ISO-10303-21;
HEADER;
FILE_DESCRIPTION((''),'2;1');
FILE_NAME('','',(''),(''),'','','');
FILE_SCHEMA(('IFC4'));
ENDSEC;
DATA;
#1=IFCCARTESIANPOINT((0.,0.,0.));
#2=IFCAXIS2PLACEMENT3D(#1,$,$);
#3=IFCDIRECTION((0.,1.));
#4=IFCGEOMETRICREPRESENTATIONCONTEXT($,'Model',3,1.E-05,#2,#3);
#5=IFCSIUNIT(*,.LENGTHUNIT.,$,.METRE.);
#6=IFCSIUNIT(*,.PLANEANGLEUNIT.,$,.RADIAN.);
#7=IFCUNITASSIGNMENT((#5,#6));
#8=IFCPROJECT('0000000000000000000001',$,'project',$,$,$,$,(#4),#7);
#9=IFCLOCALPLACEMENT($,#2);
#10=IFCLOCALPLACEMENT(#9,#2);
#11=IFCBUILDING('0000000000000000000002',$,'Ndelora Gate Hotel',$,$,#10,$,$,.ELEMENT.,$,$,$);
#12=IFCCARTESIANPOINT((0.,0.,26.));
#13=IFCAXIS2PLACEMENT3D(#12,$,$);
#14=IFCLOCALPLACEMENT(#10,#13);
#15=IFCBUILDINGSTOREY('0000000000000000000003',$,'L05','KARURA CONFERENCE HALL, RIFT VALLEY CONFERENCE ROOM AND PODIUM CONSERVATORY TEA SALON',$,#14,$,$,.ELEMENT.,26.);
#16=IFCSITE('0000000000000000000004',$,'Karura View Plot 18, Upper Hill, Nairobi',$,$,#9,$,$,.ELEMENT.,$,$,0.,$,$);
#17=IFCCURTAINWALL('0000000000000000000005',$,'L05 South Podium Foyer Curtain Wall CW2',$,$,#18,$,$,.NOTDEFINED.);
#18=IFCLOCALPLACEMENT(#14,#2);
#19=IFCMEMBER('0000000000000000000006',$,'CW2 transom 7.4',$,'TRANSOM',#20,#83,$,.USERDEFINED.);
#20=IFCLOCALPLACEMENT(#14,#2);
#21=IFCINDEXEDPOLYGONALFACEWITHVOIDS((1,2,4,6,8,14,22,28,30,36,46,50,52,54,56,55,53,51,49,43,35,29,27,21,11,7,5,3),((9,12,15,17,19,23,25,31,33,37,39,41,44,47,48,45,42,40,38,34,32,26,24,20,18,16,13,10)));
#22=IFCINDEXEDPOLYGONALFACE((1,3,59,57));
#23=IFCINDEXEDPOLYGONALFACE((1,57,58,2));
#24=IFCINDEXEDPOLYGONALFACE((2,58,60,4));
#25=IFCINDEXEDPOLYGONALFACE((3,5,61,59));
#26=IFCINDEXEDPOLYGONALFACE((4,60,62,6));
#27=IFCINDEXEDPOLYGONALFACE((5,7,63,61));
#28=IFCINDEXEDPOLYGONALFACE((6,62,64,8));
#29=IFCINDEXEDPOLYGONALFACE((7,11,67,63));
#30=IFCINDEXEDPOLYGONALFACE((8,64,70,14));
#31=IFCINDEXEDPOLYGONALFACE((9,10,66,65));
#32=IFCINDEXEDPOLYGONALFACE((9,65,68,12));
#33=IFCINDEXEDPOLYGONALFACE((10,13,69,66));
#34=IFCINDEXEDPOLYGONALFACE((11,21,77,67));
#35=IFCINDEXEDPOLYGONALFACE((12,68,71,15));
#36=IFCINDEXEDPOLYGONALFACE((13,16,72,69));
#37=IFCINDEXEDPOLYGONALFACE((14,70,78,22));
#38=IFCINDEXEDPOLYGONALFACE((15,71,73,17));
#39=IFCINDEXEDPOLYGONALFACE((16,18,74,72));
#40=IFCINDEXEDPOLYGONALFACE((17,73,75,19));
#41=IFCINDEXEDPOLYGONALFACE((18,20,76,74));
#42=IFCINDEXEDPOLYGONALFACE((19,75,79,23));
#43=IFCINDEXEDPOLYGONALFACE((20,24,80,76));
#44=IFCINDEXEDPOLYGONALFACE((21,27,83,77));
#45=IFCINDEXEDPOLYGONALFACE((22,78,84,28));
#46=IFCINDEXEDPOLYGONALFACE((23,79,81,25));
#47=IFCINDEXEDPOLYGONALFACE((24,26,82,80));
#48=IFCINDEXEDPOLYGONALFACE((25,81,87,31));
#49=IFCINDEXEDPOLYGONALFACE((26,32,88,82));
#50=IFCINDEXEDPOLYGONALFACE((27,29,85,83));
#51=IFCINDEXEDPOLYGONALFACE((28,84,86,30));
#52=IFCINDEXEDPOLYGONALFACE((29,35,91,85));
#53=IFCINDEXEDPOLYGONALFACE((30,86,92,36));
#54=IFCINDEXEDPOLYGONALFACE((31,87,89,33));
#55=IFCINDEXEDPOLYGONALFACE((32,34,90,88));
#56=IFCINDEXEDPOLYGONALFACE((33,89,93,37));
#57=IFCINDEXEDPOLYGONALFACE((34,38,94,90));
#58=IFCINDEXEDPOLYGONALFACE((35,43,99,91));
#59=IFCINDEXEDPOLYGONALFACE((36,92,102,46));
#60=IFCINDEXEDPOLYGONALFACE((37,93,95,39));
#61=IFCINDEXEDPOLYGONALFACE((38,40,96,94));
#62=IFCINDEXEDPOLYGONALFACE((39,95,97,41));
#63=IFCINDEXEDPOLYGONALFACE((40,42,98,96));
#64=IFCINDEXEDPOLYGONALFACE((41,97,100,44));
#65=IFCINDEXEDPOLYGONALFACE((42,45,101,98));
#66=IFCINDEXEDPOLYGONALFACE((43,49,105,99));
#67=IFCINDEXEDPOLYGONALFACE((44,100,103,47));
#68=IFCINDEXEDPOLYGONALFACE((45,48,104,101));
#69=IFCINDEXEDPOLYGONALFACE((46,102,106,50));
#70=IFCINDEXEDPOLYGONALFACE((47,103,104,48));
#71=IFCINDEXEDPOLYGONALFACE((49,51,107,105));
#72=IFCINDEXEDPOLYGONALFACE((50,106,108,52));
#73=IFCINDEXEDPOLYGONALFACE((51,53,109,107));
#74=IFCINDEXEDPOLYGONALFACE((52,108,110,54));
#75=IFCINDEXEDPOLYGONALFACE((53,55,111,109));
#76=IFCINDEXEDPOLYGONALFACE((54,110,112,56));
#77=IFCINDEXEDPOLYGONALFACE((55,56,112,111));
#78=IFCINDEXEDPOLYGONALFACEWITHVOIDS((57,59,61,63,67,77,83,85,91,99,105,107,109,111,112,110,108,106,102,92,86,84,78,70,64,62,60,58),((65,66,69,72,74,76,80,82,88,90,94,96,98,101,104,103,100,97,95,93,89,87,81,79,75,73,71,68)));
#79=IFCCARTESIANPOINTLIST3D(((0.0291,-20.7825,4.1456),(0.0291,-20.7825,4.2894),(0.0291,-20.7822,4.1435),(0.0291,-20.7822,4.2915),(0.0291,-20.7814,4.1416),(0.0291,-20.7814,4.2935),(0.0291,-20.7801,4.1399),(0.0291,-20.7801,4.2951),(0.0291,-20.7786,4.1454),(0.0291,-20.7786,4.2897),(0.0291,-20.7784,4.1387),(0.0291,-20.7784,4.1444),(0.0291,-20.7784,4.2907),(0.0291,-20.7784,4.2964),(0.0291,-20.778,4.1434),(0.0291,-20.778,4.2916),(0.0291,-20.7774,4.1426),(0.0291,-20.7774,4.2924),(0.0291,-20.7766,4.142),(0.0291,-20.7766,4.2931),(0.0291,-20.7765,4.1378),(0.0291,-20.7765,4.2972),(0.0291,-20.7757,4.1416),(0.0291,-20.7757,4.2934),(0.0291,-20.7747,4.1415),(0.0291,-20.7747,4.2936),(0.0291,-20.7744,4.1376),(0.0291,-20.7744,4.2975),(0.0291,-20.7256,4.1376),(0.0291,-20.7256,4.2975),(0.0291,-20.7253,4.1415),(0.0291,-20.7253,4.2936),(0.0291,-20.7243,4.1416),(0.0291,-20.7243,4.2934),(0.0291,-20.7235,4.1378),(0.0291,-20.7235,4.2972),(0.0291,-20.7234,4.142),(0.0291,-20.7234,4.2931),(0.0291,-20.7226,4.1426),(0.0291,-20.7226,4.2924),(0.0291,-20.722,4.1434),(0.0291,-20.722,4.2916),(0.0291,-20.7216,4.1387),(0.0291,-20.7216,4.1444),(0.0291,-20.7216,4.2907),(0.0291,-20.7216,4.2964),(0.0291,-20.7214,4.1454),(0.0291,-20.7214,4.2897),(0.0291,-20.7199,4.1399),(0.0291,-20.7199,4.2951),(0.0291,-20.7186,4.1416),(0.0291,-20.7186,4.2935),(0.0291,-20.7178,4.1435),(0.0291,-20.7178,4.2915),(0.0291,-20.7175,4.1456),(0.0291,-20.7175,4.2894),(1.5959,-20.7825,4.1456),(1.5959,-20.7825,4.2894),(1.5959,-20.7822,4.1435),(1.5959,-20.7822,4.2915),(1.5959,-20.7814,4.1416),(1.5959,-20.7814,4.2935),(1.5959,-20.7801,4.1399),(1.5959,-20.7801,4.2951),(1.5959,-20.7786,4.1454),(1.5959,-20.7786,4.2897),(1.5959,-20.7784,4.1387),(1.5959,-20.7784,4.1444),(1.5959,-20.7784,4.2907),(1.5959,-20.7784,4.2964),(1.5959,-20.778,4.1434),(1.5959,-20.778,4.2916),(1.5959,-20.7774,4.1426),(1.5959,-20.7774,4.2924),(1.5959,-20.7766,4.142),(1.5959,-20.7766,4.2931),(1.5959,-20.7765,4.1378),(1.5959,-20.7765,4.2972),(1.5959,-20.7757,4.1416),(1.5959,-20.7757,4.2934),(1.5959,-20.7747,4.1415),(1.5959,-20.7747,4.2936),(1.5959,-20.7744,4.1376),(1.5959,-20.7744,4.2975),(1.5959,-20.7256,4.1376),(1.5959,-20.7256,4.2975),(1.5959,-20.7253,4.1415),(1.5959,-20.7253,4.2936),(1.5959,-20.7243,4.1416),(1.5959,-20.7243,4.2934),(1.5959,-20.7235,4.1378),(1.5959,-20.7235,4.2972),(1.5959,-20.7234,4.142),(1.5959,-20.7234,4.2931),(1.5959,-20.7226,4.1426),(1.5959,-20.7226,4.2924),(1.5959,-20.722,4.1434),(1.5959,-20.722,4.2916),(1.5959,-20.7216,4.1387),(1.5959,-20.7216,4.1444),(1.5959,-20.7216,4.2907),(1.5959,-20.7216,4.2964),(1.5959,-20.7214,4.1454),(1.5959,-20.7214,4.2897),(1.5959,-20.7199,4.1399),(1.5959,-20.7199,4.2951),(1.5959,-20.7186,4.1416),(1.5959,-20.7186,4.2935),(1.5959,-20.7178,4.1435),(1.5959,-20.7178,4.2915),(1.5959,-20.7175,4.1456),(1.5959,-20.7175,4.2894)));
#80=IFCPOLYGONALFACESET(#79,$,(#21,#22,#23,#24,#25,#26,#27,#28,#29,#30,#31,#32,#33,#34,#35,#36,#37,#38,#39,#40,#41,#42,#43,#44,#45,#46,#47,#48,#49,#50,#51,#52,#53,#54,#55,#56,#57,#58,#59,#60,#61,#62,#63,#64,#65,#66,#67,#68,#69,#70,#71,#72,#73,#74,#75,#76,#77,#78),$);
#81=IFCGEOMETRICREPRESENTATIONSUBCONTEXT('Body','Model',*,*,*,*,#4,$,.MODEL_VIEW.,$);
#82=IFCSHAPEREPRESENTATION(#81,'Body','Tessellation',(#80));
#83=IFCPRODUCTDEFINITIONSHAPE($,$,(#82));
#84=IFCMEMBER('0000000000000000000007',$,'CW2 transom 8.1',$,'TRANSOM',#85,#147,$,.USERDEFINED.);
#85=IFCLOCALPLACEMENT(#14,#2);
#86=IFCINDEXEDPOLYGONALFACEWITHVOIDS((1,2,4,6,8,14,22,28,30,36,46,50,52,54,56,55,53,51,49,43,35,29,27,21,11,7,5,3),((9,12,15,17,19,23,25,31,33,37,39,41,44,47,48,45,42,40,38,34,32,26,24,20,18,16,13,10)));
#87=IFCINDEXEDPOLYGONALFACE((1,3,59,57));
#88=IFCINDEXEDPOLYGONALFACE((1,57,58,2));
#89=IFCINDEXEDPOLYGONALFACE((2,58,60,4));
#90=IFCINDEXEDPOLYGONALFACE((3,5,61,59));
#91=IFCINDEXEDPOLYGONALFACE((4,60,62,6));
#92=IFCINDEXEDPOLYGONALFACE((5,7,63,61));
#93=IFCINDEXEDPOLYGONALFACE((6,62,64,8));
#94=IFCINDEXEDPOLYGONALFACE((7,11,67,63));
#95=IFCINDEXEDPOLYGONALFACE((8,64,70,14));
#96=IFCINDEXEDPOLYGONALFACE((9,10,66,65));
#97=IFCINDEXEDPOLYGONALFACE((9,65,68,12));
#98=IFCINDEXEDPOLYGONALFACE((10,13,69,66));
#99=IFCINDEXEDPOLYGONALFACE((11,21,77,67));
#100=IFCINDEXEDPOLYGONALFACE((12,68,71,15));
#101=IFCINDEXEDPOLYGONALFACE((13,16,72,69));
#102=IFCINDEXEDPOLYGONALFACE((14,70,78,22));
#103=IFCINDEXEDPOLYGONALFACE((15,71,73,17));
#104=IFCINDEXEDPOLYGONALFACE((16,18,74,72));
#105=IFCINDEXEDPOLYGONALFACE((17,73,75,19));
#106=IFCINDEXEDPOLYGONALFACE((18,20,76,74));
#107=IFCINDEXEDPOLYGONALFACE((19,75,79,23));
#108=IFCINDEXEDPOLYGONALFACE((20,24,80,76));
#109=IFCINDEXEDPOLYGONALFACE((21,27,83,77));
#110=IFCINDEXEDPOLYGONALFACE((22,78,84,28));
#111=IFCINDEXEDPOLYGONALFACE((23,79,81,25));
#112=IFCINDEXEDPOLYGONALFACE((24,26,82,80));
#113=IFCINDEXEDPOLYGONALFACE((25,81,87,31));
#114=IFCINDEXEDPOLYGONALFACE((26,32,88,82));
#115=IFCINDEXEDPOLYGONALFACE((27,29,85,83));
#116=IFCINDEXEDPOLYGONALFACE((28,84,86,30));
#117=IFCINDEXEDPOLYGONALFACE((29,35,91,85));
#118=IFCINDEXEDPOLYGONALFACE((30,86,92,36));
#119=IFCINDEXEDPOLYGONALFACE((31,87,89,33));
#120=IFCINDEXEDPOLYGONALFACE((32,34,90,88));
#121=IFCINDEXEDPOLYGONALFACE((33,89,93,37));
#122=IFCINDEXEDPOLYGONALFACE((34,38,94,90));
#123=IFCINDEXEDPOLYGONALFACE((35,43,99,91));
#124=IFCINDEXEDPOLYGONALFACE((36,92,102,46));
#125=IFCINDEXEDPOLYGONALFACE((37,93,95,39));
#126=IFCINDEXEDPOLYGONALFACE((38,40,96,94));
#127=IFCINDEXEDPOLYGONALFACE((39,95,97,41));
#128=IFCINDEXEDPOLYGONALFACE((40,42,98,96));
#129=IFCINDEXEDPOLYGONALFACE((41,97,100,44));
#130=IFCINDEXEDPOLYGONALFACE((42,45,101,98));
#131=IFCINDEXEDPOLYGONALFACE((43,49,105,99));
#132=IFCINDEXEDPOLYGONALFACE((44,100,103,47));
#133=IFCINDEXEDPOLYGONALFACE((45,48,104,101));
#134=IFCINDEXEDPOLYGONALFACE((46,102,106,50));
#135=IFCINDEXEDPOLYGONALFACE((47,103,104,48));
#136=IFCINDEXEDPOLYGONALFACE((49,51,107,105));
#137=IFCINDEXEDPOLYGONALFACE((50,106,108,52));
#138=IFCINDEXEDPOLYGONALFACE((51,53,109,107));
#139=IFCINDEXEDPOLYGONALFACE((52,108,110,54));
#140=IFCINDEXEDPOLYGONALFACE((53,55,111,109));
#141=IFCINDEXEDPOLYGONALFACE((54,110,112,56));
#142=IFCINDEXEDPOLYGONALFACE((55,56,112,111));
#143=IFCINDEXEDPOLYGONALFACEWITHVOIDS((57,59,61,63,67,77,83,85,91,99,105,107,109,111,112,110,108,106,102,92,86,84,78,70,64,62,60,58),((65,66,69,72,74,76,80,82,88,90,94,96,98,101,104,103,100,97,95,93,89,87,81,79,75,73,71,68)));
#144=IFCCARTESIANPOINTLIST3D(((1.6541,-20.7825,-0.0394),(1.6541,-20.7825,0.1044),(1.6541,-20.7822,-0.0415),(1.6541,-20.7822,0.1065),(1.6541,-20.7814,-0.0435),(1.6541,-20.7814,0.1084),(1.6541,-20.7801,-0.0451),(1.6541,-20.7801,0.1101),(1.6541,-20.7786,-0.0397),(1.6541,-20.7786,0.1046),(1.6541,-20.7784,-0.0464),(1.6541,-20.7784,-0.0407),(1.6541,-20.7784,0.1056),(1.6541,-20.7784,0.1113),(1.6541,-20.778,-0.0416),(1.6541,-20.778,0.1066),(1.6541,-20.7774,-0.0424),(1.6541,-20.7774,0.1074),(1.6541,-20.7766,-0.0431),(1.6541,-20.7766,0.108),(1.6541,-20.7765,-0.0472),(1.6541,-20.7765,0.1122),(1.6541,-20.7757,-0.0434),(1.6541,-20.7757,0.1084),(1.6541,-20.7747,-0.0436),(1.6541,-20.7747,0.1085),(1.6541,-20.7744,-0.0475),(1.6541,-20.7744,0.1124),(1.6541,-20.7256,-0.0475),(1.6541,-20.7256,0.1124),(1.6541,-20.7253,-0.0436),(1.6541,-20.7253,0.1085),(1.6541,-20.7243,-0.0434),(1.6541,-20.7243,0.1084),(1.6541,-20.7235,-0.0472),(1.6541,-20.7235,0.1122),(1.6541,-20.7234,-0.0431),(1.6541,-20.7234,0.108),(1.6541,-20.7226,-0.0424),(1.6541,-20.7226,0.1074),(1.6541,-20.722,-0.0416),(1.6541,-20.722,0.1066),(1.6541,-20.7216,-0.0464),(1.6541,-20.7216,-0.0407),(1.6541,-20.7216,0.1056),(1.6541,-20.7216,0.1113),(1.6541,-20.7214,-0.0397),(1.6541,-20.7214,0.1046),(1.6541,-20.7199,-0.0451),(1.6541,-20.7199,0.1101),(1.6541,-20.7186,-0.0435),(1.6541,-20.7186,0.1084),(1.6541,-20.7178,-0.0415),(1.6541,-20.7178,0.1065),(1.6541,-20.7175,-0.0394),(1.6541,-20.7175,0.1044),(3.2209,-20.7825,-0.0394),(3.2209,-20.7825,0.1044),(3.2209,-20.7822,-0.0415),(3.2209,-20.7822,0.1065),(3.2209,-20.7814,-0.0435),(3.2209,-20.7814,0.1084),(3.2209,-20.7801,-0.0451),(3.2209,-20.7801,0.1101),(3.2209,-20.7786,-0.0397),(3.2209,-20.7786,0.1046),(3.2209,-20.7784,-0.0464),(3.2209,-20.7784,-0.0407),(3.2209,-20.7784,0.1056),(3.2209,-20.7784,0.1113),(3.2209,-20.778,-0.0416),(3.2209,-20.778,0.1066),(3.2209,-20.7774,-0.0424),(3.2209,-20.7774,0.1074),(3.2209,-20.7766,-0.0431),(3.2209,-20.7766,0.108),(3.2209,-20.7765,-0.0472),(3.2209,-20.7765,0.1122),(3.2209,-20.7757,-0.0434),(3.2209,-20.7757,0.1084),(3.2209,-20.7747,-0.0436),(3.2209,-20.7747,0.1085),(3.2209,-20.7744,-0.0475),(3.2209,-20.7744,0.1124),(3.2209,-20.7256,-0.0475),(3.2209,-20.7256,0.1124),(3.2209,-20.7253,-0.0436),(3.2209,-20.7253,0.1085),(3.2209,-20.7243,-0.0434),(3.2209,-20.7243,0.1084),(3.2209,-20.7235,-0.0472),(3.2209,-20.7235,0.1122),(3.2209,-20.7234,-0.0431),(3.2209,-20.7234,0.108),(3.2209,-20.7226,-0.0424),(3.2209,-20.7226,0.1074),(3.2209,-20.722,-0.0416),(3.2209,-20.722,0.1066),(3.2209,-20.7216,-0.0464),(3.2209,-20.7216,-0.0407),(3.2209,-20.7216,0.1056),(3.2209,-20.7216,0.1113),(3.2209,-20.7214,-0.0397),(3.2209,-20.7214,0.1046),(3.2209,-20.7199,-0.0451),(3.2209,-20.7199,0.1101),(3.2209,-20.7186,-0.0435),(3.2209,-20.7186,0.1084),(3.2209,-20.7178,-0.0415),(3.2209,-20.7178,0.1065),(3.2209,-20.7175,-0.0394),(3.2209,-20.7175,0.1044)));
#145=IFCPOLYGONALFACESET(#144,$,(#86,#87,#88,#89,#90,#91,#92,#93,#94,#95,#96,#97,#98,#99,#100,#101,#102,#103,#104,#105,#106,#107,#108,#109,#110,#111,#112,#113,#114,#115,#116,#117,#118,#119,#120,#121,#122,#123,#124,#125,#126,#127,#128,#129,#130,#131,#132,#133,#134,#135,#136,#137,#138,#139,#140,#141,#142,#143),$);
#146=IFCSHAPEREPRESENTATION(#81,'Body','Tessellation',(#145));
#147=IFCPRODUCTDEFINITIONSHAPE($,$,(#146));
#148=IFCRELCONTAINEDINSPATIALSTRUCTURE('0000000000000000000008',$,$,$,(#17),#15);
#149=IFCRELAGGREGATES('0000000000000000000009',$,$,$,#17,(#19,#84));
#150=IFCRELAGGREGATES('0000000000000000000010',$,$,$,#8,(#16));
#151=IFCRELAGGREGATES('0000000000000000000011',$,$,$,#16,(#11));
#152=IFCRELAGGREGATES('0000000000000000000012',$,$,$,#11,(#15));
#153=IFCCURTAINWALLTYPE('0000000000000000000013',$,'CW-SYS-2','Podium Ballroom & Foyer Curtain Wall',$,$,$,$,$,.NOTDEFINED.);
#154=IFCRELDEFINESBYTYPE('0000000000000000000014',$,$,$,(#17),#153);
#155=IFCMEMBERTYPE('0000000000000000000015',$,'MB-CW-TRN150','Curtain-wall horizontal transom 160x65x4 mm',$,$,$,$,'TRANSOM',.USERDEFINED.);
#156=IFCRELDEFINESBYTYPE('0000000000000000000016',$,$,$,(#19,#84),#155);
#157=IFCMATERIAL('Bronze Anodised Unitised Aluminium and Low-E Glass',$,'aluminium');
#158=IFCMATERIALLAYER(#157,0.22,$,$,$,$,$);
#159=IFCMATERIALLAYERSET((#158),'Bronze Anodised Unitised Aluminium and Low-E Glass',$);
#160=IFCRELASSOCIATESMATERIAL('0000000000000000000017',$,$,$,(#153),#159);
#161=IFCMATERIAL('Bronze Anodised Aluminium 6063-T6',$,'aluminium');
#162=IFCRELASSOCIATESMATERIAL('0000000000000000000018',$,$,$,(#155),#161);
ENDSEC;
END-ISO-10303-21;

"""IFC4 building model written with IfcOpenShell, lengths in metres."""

from ifc_helpers import new_model, si_unit, direction, frame, origin, origin_2d, place, context, subcontext, project, spatial, hollow_rectangle, extrude, material, layer, layer_set, material_profile, profile_set, type_object, element, aggregate, save


model = new_model("IFC4")

# Units and contexts
model_context = context("Model", 3, precision=1e-05, world=origin(), true_north=direction((0.0, 1.0)))
body_context = subcontext(model_context, "Body", "Model", "MODEL_VIEW")
ifc_project = project(units=[si_unit("LENGTHUNIT", "METRE"), si_unit("PLANEANGLEUNIT", "RADIAN")], contexts=[model_context])

# Site, building, storey
site_placement = place(None, origin())
site = spatial("IfcSite", under=ifc_project, at=site_placement, Name="Karura View Plot 18, Upper Hill, Nairobi", CompositionType="ELEMENT", RefElevation=0.0)
building_placement = place(site_placement, origin())
building = spatial("IfcBuilding", under=site, at=building_placement, Name="Ndelora Gate Hotel", CompositionType="ELEMENT")
storey_placement = place(building_placement, frame((0.0, 0.0, 26.0)))
storey = spatial("IfcBuildingStorey", under=building, at=storey_placement, Name="L05", Description="KARURA CONFERENCE HALL, RIFT VALLEY CONFERENCE ROOM AND PODIUM CONSERVATORY TEA SALON", CompositionType="ELEMENT", Elevation=26.0)

# Curtain wall, members
ifc_material_1 = material(Name="Bronze Anodised Unitised Aluminium and Low-E Glass", Category="aluminium")
ifc_layer_1 = layer(ifc_material_1, 0.22)
ifc_layer_set_1 = layer_set([ifc_layer_1], Name="Bronze Anodised Unitised Aluminium and Low-E Glass")
curtain_wall_type = type_object("IfcCurtainWallType", Name="CW-SYS-2", Description="Podium Ballroom & Foyer Curtain Wall", PredefinedType="NOTDEFINED", material=ifc_layer_set_1)
curtain_wall_placement = place(storey_placement, origin())
curtain_wall = element("IfcCurtainWall", 1, at=curtain_wall_placement, inside=storey, type_object=curtain_wall_type, Name="L05 South Podium Foyer Curtain Wall CW2", PredefinedType="NOTDEFINED")
ifc_material_2 = material(Name="Bronze Anodised Aluminium 6063-T6", Category="aluminium")
ifc_material_profile_1 = material_profile(ifc_material_2, hollow_rectangle(XDim=0.0649, YDim=0.1599, WallThickness=0.0039, InnerFilletRadius=0.0039, OuterFilletRadius=0.0081, at=origin_2d()), Name="ALU 160x65x4")
ifc_profile_set_1 = profile_set([ifc_material_profile_1], Name="Bronze Anodised Aluminium 6063-T6")
member_type_1 = type_object("IfcMemberType", Name="MB-CW-TRN150", Description="Curtain-wall horizontal transom 160x65x4 mm", ElementType="TRANSOM", PredefinedType="USERDEFINED", material=ifc_profile_set_1)
member_1_placement = place(storey_placement, frame((0.0291, -20.75, 4.2175), z_axis=(1.0, 0.0, 0.0), x_axis=(0.0, 1.0, 0.0)))
member_1 = element("IfcMember", 2, at=member_1_placement, type_object=member_type_1, Name="CW2 transom 7.4", ObjectType="TRANSOM", PredefinedType="USERDEFINED", context=body_context, shape_type="SweptSolid", body=[
    extrude(hollow_rectangle(XDim=0.0649, YDim=0.1599, WallThickness=0.0039, InnerFilletRadius=0.0039, OuterFilletRadius=0.0081, at=origin_2d()), origin(), (0.0, 0.0, 1.0), 1.5669),
])
member_2_placement = place(storey_placement, frame((1.6541, -20.75, 0.0325), z_axis=(1.0, 0.0, 0.0), x_axis=(0.0, 1.0, 0.0)))
member_2 = element("IfcMember", 3, at=member_2_placement, type_object=member_type_1, Name="CW2 transom 8.1", ObjectType="TRANSOM", PredefinedType="USERDEFINED", context=body_context, shape_type="SweptSolid", body=[
    extrude(hollow_rectangle(XDim=0.0649, YDim=0.1599, WallThickness=0.0039, InnerFilletRadius=0.0039, OuterFilletRadius=0.0081, at=origin_2d()), origin(), (0.0, 0.0, 1.0), 1.5669),
])
aggregate(curtain_wall, [member_1, member_2])

save(model, "model.ifc")
